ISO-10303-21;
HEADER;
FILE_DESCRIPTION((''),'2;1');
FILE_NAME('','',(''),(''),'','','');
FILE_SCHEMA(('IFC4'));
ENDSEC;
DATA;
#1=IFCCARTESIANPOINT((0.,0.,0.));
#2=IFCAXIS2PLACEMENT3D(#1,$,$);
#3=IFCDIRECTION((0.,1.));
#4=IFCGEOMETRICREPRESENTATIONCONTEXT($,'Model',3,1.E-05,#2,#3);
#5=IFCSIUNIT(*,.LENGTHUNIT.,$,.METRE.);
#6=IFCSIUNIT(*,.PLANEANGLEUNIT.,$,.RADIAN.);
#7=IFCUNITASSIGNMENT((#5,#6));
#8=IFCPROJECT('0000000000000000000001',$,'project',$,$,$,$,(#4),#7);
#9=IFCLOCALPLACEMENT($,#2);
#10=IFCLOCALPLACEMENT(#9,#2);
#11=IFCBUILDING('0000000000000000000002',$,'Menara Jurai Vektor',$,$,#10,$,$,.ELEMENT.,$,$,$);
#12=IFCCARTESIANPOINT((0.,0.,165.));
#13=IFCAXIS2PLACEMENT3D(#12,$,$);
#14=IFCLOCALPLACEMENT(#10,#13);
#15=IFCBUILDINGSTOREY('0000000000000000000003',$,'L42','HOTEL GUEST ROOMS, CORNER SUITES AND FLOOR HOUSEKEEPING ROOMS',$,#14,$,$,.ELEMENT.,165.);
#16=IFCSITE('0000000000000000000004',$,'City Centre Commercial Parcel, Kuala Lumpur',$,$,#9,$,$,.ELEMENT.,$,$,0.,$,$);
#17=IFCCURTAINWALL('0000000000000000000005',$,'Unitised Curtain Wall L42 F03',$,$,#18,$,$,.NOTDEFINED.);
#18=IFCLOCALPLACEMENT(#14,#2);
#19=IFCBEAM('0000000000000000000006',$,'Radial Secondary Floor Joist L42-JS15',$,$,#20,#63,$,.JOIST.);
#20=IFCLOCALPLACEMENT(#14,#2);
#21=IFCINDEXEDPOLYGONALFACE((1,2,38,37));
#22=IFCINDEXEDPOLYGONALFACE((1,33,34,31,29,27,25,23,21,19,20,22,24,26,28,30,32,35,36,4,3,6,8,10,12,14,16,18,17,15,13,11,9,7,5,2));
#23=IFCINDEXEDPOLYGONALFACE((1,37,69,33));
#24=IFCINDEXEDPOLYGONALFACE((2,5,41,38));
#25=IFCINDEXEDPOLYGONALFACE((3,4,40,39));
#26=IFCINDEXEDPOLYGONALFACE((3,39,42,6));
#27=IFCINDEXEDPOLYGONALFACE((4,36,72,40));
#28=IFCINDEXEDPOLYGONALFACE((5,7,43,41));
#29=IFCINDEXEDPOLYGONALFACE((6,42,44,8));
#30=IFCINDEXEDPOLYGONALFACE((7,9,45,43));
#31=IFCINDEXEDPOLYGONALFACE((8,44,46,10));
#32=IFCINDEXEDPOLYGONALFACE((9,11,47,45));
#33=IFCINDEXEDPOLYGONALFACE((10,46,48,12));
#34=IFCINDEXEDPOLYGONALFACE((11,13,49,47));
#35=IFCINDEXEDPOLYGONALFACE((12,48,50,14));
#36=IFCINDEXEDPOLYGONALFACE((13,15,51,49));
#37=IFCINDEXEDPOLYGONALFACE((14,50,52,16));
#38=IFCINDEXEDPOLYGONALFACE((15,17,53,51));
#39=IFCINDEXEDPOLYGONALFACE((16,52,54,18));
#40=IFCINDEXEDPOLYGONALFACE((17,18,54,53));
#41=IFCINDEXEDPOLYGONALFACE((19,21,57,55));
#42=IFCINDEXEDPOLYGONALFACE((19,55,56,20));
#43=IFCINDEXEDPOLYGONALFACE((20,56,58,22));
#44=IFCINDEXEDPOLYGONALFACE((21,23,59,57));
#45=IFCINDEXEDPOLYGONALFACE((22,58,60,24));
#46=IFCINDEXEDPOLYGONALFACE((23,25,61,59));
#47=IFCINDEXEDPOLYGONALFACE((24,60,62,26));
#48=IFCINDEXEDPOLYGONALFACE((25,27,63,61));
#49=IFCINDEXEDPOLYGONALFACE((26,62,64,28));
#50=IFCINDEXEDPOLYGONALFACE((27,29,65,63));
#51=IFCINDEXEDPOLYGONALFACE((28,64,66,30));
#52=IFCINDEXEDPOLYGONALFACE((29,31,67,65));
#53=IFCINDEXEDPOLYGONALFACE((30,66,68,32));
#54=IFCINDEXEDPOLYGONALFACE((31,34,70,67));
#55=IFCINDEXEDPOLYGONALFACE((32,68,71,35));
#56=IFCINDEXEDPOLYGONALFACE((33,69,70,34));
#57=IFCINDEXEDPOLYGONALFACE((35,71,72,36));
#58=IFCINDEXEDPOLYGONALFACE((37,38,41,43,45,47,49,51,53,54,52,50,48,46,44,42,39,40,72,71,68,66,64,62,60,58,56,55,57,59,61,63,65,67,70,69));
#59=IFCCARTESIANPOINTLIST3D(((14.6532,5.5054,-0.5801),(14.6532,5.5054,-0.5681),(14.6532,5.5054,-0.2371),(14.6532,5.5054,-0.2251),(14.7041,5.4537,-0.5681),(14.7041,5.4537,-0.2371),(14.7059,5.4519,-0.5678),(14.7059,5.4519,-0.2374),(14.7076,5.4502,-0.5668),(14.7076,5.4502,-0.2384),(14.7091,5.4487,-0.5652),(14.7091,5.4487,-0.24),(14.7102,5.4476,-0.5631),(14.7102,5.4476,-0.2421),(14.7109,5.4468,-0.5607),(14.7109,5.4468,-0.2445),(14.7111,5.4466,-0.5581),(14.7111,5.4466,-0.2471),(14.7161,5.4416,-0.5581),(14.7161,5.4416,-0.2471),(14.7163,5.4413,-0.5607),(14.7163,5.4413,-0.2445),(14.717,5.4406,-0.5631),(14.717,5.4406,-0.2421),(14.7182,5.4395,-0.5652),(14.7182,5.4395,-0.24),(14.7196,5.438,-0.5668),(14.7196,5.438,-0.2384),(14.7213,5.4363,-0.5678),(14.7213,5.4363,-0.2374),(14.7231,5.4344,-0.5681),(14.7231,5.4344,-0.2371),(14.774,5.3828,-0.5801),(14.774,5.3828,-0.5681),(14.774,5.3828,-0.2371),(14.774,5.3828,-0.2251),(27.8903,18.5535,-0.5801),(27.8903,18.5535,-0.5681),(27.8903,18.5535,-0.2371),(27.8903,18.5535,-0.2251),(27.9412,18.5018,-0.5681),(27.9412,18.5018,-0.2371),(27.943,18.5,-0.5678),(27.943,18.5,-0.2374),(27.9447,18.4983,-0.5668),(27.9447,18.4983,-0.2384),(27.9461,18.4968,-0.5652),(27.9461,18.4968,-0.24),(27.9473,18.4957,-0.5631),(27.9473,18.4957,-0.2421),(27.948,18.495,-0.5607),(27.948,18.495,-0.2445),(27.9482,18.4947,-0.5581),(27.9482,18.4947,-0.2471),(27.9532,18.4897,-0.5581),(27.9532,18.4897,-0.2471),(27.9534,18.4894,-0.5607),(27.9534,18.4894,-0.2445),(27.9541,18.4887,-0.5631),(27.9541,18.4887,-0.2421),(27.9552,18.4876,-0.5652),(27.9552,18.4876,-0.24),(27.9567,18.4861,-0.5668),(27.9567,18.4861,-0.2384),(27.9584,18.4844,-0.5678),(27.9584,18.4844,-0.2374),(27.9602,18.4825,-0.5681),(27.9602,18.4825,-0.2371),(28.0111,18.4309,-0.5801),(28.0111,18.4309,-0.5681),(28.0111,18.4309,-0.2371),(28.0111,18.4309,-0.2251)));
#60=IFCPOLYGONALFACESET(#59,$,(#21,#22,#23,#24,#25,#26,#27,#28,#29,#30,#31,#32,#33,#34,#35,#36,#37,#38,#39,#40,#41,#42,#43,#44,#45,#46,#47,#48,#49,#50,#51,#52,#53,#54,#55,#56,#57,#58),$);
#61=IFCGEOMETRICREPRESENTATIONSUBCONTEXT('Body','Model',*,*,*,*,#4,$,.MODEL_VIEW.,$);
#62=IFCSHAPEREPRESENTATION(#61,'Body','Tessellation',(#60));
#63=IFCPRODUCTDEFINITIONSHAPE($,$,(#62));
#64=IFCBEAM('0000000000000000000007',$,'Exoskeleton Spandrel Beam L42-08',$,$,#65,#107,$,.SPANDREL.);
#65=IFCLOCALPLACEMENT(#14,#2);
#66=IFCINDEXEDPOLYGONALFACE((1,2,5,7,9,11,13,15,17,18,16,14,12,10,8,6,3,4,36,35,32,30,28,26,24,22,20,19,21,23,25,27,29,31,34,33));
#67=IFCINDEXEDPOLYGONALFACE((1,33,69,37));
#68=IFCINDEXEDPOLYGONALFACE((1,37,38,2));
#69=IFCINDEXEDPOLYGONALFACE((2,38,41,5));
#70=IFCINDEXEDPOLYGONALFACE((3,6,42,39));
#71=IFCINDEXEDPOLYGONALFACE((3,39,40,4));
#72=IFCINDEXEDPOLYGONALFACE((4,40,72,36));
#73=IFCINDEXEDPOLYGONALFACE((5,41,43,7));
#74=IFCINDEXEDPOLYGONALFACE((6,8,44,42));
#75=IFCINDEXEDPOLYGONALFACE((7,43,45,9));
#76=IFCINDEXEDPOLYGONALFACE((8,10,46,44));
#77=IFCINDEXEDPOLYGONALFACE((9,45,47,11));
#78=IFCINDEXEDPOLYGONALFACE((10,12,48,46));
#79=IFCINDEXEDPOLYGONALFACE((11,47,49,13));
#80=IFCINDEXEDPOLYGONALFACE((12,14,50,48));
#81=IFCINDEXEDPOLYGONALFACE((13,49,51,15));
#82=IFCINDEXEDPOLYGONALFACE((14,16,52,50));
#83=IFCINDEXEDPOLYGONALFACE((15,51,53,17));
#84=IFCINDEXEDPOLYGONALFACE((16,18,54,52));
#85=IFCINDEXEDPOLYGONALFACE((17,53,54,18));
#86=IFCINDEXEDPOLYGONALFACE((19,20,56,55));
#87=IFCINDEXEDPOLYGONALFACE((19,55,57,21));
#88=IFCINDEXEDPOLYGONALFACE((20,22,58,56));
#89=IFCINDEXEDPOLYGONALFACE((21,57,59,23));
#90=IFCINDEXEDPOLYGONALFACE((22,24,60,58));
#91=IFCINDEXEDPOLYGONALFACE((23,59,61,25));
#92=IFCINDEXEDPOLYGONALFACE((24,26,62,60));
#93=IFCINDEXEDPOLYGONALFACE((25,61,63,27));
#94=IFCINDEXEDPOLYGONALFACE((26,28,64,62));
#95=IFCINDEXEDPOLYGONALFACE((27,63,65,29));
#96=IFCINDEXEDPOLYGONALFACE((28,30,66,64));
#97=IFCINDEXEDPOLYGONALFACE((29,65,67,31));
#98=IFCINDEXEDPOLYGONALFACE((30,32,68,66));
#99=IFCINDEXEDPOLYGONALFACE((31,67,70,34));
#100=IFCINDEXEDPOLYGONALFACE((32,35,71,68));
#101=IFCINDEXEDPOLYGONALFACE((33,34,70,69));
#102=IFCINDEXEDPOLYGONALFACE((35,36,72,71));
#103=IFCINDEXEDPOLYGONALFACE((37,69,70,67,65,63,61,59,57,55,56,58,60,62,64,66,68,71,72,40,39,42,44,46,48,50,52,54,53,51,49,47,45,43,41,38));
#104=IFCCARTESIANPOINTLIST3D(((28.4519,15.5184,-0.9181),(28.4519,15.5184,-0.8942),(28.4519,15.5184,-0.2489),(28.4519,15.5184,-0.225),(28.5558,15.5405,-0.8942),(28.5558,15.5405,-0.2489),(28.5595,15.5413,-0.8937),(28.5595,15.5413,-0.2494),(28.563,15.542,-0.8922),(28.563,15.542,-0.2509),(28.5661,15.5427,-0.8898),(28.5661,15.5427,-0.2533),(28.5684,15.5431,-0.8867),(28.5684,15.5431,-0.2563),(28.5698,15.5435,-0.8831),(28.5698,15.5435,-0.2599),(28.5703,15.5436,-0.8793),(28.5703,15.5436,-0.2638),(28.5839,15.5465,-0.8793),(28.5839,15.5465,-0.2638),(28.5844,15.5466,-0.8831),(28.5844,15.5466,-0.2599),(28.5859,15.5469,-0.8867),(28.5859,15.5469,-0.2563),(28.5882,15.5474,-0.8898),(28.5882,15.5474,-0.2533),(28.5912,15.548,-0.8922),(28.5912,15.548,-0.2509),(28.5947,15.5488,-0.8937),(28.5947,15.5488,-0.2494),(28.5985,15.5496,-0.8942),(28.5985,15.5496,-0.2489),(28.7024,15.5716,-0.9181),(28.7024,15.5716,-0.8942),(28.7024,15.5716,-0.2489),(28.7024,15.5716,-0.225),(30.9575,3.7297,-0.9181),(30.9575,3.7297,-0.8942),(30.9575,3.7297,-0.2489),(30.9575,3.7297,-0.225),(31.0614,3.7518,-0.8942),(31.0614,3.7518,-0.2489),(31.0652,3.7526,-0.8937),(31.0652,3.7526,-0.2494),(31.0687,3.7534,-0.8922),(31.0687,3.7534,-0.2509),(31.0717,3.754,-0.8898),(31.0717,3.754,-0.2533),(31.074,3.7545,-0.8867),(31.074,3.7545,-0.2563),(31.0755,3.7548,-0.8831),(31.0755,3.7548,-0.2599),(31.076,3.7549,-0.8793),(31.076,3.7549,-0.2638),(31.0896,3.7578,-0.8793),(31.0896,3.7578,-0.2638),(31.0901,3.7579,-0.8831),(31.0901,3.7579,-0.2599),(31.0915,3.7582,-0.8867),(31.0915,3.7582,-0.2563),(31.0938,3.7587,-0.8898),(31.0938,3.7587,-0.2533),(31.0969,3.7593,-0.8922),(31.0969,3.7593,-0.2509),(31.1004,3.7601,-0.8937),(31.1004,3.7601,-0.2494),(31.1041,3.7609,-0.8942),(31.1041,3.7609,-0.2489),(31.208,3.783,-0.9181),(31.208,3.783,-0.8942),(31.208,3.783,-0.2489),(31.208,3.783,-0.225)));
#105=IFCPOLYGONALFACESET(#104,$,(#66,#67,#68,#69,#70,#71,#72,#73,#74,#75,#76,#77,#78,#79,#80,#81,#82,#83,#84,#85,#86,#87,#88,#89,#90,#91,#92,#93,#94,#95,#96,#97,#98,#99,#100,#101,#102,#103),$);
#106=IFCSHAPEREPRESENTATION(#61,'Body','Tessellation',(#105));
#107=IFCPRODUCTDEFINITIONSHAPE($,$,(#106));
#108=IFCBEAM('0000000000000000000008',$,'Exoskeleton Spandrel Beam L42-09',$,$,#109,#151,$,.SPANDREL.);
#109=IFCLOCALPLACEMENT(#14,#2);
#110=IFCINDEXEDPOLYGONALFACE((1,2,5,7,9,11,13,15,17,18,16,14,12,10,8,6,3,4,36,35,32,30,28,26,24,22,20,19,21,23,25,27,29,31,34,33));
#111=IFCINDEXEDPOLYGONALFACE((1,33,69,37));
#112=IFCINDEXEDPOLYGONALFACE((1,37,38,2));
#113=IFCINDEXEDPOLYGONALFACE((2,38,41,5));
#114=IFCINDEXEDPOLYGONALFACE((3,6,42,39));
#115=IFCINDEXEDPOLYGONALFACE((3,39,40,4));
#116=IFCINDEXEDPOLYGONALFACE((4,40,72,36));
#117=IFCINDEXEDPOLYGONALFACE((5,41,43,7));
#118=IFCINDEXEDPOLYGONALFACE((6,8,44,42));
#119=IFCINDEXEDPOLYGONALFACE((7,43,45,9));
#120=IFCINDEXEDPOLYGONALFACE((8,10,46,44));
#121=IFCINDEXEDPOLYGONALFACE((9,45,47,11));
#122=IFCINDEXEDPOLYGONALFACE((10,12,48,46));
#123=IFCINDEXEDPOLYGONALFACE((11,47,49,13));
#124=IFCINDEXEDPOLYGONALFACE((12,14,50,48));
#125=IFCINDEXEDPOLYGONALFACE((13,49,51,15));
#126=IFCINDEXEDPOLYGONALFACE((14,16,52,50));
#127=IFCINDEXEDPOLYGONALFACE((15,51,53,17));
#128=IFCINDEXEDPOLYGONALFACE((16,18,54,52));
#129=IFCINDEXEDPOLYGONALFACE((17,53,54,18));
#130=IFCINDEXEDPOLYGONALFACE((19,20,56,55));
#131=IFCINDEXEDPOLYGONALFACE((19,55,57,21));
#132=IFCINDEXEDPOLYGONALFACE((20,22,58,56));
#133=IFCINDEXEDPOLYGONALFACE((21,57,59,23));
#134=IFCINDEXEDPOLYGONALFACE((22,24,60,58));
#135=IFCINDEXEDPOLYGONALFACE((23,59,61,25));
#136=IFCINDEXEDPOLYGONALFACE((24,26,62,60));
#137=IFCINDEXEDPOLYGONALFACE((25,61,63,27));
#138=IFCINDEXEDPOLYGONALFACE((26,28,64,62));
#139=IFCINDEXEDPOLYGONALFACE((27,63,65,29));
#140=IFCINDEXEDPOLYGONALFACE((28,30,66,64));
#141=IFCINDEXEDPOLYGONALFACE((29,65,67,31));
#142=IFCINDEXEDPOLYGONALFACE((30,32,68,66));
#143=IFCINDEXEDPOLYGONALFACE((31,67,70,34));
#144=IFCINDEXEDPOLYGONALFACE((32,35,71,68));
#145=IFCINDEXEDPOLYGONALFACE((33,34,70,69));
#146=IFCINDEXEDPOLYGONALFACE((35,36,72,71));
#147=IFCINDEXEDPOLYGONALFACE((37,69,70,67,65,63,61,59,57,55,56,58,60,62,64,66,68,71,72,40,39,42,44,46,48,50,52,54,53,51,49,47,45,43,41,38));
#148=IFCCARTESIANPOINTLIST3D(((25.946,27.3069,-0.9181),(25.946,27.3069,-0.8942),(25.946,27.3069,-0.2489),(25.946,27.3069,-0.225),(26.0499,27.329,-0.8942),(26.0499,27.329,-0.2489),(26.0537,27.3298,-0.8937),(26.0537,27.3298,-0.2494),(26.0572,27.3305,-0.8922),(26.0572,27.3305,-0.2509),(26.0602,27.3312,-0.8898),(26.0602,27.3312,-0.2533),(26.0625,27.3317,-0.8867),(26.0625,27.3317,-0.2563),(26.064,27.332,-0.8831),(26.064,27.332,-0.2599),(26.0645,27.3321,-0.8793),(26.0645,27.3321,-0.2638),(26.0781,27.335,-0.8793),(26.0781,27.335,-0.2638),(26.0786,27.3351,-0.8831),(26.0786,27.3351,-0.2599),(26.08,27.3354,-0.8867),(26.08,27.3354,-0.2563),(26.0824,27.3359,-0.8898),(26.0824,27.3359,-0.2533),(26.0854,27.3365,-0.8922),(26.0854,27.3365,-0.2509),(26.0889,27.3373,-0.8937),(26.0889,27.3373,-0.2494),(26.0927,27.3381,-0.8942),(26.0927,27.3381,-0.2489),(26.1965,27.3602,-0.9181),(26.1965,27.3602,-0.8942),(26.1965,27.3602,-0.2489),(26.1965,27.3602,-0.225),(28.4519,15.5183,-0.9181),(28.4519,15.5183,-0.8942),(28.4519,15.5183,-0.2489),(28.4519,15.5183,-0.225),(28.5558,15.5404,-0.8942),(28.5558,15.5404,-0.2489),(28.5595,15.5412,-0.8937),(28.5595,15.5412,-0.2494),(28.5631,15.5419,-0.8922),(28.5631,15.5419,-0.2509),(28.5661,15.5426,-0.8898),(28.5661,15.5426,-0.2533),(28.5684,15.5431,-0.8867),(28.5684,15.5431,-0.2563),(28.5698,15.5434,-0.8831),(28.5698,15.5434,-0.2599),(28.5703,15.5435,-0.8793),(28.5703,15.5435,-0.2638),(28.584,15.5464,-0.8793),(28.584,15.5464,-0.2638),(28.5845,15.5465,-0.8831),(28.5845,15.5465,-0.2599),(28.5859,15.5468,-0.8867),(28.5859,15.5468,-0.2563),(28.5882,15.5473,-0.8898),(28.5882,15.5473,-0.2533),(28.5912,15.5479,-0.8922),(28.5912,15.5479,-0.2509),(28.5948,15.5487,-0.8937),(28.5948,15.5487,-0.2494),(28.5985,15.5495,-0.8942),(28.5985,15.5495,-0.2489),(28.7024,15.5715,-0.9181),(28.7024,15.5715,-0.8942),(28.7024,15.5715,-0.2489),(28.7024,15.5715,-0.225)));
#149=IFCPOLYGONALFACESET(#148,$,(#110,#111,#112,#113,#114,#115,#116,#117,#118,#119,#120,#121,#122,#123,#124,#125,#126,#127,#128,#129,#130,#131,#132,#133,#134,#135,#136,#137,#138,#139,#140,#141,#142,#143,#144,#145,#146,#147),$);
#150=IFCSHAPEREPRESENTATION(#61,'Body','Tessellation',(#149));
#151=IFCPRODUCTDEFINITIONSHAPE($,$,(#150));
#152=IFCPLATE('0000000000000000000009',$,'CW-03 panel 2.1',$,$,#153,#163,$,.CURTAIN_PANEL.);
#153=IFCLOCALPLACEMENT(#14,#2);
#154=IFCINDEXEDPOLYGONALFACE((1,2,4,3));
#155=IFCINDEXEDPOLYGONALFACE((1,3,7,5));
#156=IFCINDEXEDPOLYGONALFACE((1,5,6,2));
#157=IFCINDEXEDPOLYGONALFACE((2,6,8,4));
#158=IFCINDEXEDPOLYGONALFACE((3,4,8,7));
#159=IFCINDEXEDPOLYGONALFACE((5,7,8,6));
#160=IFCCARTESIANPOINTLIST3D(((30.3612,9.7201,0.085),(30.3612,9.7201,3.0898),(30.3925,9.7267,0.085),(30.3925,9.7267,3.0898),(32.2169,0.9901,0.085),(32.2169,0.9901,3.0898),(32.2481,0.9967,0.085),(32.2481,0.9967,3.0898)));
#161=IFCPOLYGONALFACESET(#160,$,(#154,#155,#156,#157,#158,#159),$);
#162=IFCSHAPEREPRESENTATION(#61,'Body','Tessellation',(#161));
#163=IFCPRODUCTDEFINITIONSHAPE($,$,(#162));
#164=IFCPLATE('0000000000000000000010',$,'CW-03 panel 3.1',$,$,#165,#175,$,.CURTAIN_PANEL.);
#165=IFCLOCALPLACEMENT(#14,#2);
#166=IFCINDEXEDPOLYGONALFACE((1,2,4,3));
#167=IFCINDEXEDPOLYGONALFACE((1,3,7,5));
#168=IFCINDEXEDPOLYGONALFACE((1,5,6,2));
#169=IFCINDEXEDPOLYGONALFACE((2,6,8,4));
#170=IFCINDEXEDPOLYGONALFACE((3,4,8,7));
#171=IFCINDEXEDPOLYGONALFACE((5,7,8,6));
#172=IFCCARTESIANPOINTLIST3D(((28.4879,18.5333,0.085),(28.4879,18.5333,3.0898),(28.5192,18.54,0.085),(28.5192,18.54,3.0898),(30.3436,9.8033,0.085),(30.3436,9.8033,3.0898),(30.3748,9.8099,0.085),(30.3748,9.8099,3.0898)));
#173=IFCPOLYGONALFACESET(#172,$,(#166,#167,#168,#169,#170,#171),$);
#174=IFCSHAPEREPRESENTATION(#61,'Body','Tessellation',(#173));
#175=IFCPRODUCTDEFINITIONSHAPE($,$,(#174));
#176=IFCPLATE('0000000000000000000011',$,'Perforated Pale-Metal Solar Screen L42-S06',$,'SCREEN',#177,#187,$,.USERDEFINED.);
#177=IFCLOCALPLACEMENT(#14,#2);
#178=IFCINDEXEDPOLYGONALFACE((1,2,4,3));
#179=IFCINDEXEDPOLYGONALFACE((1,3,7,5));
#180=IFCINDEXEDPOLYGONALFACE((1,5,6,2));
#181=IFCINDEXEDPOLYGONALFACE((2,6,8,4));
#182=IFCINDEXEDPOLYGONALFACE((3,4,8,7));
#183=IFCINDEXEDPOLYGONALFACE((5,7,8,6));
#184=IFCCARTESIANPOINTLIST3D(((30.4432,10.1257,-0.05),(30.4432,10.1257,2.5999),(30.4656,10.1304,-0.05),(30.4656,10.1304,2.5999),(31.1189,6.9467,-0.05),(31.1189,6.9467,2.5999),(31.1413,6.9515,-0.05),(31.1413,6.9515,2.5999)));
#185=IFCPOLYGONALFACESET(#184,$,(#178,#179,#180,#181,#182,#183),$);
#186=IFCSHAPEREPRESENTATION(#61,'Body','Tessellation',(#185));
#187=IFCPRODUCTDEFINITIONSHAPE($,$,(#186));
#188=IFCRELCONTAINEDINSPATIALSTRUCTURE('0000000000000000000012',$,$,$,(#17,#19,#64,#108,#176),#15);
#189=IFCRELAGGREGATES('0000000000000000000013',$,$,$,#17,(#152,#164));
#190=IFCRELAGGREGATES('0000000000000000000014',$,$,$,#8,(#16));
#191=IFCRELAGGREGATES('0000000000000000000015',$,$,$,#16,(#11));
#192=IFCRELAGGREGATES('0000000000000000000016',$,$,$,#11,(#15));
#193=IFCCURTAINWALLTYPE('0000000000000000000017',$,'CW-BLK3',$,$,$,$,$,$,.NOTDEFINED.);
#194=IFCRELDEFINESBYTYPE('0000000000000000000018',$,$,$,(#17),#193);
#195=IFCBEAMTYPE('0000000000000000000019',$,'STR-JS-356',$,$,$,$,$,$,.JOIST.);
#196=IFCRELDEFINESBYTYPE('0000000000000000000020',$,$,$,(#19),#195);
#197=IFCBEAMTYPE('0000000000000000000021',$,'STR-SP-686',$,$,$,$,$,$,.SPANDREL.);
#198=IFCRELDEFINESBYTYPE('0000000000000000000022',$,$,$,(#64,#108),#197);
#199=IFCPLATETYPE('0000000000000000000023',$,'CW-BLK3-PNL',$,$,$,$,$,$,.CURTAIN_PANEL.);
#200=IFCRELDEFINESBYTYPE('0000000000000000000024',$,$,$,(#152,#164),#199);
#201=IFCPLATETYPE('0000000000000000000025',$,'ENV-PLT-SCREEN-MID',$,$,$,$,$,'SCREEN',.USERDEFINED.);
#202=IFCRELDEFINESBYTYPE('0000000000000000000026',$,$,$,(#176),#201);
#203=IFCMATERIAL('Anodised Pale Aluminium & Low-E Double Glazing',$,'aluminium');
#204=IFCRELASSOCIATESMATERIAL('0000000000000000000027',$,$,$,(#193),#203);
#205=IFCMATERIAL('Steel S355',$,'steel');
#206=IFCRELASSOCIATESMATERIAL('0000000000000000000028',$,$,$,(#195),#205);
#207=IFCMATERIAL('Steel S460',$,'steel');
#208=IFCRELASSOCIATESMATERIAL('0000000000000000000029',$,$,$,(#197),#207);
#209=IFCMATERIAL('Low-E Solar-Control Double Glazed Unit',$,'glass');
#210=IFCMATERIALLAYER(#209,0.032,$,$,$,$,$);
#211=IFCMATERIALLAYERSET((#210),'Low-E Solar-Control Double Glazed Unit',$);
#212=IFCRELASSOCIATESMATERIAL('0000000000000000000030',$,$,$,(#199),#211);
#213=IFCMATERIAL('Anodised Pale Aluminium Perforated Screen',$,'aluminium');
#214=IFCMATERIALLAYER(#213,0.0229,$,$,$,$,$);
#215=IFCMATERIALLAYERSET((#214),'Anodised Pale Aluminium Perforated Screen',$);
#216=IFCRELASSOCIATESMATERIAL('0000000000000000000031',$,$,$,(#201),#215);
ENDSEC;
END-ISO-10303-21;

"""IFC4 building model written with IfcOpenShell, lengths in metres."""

from ifc_helpers import new_model, si_unit, direction, frame, origin, origin_2d, place, context, subcontext, project, spatial, rectangle, i_section, extrude, material, layer, layer_set, material_profile, profile_set, type_object, element, aggregate, save


model = new_model("IFC4")

# Units and contexts
model_context = context("Model", 3, precision=1e-05, world=origin(), true_north=direction((0.0, 1.0)))
body_context = subcontext(model_context, "Body", "Model", "MODEL_VIEW")
ifc_project = project(units=[si_unit("LENGTHUNIT", "METRE"), si_unit("PLANEANGLEUNIT", "RADIAN")], contexts=[model_context])

# Site, building, storey
site_placement = place(None, origin())
site = spatial("IfcSite", under=ifc_project, at=site_placement, Name="City Centre Commercial Parcel, Kuala Lumpur", CompositionType="ELEMENT", RefElevation=0.0)
building_placement = place(site_placement, origin())
building = spatial("IfcBuilding", under=site, at=building_placement, Name="Menara Jurai Vektor", CompositionType="ELEMENT")
storey_placement = place(building_placement, frame((0.0, 0.0, 165.0)))
storey = spatial("IfcBuildingStorey", under=building, at=storey_placement, Name="L42", Description="HOTEL GUEST ROOMS, CORNER SUITES AND FLOOR HOUSEKEEPING ROOMS", CompositionType="ELEMENT", Elevation=165.0)

# Shared definitions
ifc_material_1 = material(Name="Steel S460", Category="steel")

# Curtain wall
ifc_material_2 = material(Name="Anodised Pale Aluminium & Low-E Double Glazing", Category="aluminium")
curtain_wall_type = type_object("IfcCurtainWallType", Name="CW-BLK3", PredefinedType="NOTDEFINED", material=ifc_material_2)
curtain_wall_placement = place(storey_placement, origin())
curtain_wall = element("IfcCurtainWall", 1, at=curtain_wall_placement, inside=storey, type_object=curtain_wall_type, Name="Unitised Curtain Wall L42 F03", PredefinedType="NOTDEFINED")

# Beams
ifc_material_3 = material(Name="Steel S355", Category="steel")
ifc_material_profile_1 = material_profile(ifc_material_3, i_section(OverallWidth=0.1721, OverallDepth=0.355, WebThickness=0.0071, FlangeThickness=0.012, FilletRadius=0.01, at=origin_2d()), Name="UKB 356x171x51")
ifc_profile_set_1 = profile_set([ifc_material_profile_1], Name="Steel S355")
beam_type_1 = type_object("IfcBeamType", Name="STR-JS-356", PredefinedType="JOIST", material=ifc_profile_set_1)
beam_1_placement = place(storey_placement, frame((27.9507, 18.4922, -0.4026), z_axis=(-0.712172, -0.702005, 0.0), x_axis=(0.702005, -0.712172, 0.0)))
element("IfcBeam", 2, at=beam_1_placement, inside=storey, type_object=beam_type_1, Name="Radial Secondary Floor Joist L42-JS15", PredefinedType="JOIST", context=body_context, shape_type="SweptSolid", body=[
    extrude(i_section(OverallWidth=0.1721, OverallDepth=0.355, WebThickness=0.0071, FlangeThickness=0.012, FilletRadius=0.01, at=origin_2d()), origin(), (0.0, 0.0, 1.0), 18.5869),
])
ifc_material_profile_2 = material_profile(ifc_material_1, i_section(OverallWidth=0.2561, OverallDepth=0.6931, WebThickness=0.0139, FlangeThickness=0.0239, FilletRadius=0.0149, at=origin_2d()), Name="UKB 686x254x170")
ifc_profile_set_2 = profile_set([ifc_material_profile_2], Name="Steel S460")
beam_type_2 = type_object("IfcBeamType", Name="STR-SP-686", PredefinedType="SPANDREL", material=ifc_profile_set_2)
for number, where, z_axis, x_axis, name in (
    (3, (31.0828, 3.7563, -0.5715), (-0.207902, 0.97815, 0.0), (-0.97815, -0.207902, 0.0), "Exoskeleton Spandrel Beam L42-08"),
    (4, (28.5771, 15.5449, -0.5715), (-0.207921, 0.978146, 0.0), (-0.978146, -0.207921, 0.0), "Exoskeleton Spandrel Beam L42-09"),
):
    element("IfcBeam", number, at=place(storey_placement, frame(where, z_axis=z_axis, x_axis=x_axis)), inside=storey, type_object=beam_type_2, Name=name, PredefinedType="SPANDREL", context=body_context, shape_type="SweptSolid", body=[
        extrude(i_section(OverallWidth=0.2561, OverallDepth=0.6931, WebThickness=0.0139, FlangeThickness=0.0239, FilletRadius=0.0149, at=origin_2d()), origin(), (0.0, 0.0, 1.0), 12.052),
    ])

# Plates
ifc_material_4 = material(Name="Low-E Solar-Control Double Glazed Unit", Category="glass")
ifc_layer_1 = layer(ifc_material_4, 0.032)
ifc_layer_set_1 = layer_set([ifc_layer_1], Name="Low-E Solar-Control Double Glazed Unit")
plate_type_1 = type_object("IfcPlateType", Name="CW-BLK3-PNL", PredefinedType="CURTAIN_PANEL", material=ifc_layer_set_1)
plate_1_placement = place(storey_placement, frame((31.3047, 5.3584, 0.085), z_axis=(0.0, 0.0, 1.0), x_axis=(-0.20791, 0.978148, 0.0)))
plate_1 = element("IfcPlate", 5, at=plate_1_placement, type_object=plate_type_1, Name="CW-03 panel 2.1", PredefinedType="CURTAIN_PANEL", context=body_context, shape_type="SweptSolid", body=[
    extrude(rectangle(XDim=8.925, YDim=0.032, at=origin_2d()), origin(), (0.0, 0.0, 1.0), 3.0049),
])
plate_2_placement = place(storey_placement, frame((29.4314, 14.1716, 0.085), z_axis=(0.0, 0.0, 1.0), x_axis=(-0.20791, 0.978148, 0.0)))
plate_2 = element("IfcPlate", 6, at=plate_2_placement, type_object=plate_type_1, Name="CW-03 panel 3.1", PredefinedType="CURTAIN_PANEL", context=body_context, shape_type="SweptSolid", body=[
    extrude(rectangle(XDim=8.925, YDim=0.032, at=origin_2d()), origin(), (0.0, 0.0, 1.0), 3.0049),
])
aggregate(curtain_wall, [plate_1, plate_2])
ifc_material_5 = material(Name="Anodised Pale Aluminium Perforated Screen", Category="aluminium")
ifc_layer_2 = layer(ifc_material_5, 0.0229)
ifc_layer_set_2 = layer_set([ifc_layer_2], Name="Anodised Pale Aluminium Perforated Screen")
plate_type_2 = type_object("IfcPlateType", Name="ENV-PLT-SCREEN-MID", ElementType="SCREEN", PredefinedType="USERDEFINED", material=ifc_layer_set_2)
plate_3_placement = place(storey_placement, frame((30.7922, 8.5386, -0.05), z_axis=(0.0, 0.0, 1.0), x_axis=(-0.207912, 0.978148, 0.0)))
element("IfcPlate", 7, at=plate_3_placement, inside=storey, type_object=plate_type_2, Name="Perforated Pale-Metal Solar Screen L42-S06", ObjectType="SCREEN", PredefinedType="USERDEFINED", context=body_context, shape_type="SweptSolid", body=[
    extrude(rectangle(XDim=3.25, YDim=0.0229, at=origin_2d()), origin(), (0.0, 0.0, 1.0), 2.6499),
])

save(model, "model.ifc")
